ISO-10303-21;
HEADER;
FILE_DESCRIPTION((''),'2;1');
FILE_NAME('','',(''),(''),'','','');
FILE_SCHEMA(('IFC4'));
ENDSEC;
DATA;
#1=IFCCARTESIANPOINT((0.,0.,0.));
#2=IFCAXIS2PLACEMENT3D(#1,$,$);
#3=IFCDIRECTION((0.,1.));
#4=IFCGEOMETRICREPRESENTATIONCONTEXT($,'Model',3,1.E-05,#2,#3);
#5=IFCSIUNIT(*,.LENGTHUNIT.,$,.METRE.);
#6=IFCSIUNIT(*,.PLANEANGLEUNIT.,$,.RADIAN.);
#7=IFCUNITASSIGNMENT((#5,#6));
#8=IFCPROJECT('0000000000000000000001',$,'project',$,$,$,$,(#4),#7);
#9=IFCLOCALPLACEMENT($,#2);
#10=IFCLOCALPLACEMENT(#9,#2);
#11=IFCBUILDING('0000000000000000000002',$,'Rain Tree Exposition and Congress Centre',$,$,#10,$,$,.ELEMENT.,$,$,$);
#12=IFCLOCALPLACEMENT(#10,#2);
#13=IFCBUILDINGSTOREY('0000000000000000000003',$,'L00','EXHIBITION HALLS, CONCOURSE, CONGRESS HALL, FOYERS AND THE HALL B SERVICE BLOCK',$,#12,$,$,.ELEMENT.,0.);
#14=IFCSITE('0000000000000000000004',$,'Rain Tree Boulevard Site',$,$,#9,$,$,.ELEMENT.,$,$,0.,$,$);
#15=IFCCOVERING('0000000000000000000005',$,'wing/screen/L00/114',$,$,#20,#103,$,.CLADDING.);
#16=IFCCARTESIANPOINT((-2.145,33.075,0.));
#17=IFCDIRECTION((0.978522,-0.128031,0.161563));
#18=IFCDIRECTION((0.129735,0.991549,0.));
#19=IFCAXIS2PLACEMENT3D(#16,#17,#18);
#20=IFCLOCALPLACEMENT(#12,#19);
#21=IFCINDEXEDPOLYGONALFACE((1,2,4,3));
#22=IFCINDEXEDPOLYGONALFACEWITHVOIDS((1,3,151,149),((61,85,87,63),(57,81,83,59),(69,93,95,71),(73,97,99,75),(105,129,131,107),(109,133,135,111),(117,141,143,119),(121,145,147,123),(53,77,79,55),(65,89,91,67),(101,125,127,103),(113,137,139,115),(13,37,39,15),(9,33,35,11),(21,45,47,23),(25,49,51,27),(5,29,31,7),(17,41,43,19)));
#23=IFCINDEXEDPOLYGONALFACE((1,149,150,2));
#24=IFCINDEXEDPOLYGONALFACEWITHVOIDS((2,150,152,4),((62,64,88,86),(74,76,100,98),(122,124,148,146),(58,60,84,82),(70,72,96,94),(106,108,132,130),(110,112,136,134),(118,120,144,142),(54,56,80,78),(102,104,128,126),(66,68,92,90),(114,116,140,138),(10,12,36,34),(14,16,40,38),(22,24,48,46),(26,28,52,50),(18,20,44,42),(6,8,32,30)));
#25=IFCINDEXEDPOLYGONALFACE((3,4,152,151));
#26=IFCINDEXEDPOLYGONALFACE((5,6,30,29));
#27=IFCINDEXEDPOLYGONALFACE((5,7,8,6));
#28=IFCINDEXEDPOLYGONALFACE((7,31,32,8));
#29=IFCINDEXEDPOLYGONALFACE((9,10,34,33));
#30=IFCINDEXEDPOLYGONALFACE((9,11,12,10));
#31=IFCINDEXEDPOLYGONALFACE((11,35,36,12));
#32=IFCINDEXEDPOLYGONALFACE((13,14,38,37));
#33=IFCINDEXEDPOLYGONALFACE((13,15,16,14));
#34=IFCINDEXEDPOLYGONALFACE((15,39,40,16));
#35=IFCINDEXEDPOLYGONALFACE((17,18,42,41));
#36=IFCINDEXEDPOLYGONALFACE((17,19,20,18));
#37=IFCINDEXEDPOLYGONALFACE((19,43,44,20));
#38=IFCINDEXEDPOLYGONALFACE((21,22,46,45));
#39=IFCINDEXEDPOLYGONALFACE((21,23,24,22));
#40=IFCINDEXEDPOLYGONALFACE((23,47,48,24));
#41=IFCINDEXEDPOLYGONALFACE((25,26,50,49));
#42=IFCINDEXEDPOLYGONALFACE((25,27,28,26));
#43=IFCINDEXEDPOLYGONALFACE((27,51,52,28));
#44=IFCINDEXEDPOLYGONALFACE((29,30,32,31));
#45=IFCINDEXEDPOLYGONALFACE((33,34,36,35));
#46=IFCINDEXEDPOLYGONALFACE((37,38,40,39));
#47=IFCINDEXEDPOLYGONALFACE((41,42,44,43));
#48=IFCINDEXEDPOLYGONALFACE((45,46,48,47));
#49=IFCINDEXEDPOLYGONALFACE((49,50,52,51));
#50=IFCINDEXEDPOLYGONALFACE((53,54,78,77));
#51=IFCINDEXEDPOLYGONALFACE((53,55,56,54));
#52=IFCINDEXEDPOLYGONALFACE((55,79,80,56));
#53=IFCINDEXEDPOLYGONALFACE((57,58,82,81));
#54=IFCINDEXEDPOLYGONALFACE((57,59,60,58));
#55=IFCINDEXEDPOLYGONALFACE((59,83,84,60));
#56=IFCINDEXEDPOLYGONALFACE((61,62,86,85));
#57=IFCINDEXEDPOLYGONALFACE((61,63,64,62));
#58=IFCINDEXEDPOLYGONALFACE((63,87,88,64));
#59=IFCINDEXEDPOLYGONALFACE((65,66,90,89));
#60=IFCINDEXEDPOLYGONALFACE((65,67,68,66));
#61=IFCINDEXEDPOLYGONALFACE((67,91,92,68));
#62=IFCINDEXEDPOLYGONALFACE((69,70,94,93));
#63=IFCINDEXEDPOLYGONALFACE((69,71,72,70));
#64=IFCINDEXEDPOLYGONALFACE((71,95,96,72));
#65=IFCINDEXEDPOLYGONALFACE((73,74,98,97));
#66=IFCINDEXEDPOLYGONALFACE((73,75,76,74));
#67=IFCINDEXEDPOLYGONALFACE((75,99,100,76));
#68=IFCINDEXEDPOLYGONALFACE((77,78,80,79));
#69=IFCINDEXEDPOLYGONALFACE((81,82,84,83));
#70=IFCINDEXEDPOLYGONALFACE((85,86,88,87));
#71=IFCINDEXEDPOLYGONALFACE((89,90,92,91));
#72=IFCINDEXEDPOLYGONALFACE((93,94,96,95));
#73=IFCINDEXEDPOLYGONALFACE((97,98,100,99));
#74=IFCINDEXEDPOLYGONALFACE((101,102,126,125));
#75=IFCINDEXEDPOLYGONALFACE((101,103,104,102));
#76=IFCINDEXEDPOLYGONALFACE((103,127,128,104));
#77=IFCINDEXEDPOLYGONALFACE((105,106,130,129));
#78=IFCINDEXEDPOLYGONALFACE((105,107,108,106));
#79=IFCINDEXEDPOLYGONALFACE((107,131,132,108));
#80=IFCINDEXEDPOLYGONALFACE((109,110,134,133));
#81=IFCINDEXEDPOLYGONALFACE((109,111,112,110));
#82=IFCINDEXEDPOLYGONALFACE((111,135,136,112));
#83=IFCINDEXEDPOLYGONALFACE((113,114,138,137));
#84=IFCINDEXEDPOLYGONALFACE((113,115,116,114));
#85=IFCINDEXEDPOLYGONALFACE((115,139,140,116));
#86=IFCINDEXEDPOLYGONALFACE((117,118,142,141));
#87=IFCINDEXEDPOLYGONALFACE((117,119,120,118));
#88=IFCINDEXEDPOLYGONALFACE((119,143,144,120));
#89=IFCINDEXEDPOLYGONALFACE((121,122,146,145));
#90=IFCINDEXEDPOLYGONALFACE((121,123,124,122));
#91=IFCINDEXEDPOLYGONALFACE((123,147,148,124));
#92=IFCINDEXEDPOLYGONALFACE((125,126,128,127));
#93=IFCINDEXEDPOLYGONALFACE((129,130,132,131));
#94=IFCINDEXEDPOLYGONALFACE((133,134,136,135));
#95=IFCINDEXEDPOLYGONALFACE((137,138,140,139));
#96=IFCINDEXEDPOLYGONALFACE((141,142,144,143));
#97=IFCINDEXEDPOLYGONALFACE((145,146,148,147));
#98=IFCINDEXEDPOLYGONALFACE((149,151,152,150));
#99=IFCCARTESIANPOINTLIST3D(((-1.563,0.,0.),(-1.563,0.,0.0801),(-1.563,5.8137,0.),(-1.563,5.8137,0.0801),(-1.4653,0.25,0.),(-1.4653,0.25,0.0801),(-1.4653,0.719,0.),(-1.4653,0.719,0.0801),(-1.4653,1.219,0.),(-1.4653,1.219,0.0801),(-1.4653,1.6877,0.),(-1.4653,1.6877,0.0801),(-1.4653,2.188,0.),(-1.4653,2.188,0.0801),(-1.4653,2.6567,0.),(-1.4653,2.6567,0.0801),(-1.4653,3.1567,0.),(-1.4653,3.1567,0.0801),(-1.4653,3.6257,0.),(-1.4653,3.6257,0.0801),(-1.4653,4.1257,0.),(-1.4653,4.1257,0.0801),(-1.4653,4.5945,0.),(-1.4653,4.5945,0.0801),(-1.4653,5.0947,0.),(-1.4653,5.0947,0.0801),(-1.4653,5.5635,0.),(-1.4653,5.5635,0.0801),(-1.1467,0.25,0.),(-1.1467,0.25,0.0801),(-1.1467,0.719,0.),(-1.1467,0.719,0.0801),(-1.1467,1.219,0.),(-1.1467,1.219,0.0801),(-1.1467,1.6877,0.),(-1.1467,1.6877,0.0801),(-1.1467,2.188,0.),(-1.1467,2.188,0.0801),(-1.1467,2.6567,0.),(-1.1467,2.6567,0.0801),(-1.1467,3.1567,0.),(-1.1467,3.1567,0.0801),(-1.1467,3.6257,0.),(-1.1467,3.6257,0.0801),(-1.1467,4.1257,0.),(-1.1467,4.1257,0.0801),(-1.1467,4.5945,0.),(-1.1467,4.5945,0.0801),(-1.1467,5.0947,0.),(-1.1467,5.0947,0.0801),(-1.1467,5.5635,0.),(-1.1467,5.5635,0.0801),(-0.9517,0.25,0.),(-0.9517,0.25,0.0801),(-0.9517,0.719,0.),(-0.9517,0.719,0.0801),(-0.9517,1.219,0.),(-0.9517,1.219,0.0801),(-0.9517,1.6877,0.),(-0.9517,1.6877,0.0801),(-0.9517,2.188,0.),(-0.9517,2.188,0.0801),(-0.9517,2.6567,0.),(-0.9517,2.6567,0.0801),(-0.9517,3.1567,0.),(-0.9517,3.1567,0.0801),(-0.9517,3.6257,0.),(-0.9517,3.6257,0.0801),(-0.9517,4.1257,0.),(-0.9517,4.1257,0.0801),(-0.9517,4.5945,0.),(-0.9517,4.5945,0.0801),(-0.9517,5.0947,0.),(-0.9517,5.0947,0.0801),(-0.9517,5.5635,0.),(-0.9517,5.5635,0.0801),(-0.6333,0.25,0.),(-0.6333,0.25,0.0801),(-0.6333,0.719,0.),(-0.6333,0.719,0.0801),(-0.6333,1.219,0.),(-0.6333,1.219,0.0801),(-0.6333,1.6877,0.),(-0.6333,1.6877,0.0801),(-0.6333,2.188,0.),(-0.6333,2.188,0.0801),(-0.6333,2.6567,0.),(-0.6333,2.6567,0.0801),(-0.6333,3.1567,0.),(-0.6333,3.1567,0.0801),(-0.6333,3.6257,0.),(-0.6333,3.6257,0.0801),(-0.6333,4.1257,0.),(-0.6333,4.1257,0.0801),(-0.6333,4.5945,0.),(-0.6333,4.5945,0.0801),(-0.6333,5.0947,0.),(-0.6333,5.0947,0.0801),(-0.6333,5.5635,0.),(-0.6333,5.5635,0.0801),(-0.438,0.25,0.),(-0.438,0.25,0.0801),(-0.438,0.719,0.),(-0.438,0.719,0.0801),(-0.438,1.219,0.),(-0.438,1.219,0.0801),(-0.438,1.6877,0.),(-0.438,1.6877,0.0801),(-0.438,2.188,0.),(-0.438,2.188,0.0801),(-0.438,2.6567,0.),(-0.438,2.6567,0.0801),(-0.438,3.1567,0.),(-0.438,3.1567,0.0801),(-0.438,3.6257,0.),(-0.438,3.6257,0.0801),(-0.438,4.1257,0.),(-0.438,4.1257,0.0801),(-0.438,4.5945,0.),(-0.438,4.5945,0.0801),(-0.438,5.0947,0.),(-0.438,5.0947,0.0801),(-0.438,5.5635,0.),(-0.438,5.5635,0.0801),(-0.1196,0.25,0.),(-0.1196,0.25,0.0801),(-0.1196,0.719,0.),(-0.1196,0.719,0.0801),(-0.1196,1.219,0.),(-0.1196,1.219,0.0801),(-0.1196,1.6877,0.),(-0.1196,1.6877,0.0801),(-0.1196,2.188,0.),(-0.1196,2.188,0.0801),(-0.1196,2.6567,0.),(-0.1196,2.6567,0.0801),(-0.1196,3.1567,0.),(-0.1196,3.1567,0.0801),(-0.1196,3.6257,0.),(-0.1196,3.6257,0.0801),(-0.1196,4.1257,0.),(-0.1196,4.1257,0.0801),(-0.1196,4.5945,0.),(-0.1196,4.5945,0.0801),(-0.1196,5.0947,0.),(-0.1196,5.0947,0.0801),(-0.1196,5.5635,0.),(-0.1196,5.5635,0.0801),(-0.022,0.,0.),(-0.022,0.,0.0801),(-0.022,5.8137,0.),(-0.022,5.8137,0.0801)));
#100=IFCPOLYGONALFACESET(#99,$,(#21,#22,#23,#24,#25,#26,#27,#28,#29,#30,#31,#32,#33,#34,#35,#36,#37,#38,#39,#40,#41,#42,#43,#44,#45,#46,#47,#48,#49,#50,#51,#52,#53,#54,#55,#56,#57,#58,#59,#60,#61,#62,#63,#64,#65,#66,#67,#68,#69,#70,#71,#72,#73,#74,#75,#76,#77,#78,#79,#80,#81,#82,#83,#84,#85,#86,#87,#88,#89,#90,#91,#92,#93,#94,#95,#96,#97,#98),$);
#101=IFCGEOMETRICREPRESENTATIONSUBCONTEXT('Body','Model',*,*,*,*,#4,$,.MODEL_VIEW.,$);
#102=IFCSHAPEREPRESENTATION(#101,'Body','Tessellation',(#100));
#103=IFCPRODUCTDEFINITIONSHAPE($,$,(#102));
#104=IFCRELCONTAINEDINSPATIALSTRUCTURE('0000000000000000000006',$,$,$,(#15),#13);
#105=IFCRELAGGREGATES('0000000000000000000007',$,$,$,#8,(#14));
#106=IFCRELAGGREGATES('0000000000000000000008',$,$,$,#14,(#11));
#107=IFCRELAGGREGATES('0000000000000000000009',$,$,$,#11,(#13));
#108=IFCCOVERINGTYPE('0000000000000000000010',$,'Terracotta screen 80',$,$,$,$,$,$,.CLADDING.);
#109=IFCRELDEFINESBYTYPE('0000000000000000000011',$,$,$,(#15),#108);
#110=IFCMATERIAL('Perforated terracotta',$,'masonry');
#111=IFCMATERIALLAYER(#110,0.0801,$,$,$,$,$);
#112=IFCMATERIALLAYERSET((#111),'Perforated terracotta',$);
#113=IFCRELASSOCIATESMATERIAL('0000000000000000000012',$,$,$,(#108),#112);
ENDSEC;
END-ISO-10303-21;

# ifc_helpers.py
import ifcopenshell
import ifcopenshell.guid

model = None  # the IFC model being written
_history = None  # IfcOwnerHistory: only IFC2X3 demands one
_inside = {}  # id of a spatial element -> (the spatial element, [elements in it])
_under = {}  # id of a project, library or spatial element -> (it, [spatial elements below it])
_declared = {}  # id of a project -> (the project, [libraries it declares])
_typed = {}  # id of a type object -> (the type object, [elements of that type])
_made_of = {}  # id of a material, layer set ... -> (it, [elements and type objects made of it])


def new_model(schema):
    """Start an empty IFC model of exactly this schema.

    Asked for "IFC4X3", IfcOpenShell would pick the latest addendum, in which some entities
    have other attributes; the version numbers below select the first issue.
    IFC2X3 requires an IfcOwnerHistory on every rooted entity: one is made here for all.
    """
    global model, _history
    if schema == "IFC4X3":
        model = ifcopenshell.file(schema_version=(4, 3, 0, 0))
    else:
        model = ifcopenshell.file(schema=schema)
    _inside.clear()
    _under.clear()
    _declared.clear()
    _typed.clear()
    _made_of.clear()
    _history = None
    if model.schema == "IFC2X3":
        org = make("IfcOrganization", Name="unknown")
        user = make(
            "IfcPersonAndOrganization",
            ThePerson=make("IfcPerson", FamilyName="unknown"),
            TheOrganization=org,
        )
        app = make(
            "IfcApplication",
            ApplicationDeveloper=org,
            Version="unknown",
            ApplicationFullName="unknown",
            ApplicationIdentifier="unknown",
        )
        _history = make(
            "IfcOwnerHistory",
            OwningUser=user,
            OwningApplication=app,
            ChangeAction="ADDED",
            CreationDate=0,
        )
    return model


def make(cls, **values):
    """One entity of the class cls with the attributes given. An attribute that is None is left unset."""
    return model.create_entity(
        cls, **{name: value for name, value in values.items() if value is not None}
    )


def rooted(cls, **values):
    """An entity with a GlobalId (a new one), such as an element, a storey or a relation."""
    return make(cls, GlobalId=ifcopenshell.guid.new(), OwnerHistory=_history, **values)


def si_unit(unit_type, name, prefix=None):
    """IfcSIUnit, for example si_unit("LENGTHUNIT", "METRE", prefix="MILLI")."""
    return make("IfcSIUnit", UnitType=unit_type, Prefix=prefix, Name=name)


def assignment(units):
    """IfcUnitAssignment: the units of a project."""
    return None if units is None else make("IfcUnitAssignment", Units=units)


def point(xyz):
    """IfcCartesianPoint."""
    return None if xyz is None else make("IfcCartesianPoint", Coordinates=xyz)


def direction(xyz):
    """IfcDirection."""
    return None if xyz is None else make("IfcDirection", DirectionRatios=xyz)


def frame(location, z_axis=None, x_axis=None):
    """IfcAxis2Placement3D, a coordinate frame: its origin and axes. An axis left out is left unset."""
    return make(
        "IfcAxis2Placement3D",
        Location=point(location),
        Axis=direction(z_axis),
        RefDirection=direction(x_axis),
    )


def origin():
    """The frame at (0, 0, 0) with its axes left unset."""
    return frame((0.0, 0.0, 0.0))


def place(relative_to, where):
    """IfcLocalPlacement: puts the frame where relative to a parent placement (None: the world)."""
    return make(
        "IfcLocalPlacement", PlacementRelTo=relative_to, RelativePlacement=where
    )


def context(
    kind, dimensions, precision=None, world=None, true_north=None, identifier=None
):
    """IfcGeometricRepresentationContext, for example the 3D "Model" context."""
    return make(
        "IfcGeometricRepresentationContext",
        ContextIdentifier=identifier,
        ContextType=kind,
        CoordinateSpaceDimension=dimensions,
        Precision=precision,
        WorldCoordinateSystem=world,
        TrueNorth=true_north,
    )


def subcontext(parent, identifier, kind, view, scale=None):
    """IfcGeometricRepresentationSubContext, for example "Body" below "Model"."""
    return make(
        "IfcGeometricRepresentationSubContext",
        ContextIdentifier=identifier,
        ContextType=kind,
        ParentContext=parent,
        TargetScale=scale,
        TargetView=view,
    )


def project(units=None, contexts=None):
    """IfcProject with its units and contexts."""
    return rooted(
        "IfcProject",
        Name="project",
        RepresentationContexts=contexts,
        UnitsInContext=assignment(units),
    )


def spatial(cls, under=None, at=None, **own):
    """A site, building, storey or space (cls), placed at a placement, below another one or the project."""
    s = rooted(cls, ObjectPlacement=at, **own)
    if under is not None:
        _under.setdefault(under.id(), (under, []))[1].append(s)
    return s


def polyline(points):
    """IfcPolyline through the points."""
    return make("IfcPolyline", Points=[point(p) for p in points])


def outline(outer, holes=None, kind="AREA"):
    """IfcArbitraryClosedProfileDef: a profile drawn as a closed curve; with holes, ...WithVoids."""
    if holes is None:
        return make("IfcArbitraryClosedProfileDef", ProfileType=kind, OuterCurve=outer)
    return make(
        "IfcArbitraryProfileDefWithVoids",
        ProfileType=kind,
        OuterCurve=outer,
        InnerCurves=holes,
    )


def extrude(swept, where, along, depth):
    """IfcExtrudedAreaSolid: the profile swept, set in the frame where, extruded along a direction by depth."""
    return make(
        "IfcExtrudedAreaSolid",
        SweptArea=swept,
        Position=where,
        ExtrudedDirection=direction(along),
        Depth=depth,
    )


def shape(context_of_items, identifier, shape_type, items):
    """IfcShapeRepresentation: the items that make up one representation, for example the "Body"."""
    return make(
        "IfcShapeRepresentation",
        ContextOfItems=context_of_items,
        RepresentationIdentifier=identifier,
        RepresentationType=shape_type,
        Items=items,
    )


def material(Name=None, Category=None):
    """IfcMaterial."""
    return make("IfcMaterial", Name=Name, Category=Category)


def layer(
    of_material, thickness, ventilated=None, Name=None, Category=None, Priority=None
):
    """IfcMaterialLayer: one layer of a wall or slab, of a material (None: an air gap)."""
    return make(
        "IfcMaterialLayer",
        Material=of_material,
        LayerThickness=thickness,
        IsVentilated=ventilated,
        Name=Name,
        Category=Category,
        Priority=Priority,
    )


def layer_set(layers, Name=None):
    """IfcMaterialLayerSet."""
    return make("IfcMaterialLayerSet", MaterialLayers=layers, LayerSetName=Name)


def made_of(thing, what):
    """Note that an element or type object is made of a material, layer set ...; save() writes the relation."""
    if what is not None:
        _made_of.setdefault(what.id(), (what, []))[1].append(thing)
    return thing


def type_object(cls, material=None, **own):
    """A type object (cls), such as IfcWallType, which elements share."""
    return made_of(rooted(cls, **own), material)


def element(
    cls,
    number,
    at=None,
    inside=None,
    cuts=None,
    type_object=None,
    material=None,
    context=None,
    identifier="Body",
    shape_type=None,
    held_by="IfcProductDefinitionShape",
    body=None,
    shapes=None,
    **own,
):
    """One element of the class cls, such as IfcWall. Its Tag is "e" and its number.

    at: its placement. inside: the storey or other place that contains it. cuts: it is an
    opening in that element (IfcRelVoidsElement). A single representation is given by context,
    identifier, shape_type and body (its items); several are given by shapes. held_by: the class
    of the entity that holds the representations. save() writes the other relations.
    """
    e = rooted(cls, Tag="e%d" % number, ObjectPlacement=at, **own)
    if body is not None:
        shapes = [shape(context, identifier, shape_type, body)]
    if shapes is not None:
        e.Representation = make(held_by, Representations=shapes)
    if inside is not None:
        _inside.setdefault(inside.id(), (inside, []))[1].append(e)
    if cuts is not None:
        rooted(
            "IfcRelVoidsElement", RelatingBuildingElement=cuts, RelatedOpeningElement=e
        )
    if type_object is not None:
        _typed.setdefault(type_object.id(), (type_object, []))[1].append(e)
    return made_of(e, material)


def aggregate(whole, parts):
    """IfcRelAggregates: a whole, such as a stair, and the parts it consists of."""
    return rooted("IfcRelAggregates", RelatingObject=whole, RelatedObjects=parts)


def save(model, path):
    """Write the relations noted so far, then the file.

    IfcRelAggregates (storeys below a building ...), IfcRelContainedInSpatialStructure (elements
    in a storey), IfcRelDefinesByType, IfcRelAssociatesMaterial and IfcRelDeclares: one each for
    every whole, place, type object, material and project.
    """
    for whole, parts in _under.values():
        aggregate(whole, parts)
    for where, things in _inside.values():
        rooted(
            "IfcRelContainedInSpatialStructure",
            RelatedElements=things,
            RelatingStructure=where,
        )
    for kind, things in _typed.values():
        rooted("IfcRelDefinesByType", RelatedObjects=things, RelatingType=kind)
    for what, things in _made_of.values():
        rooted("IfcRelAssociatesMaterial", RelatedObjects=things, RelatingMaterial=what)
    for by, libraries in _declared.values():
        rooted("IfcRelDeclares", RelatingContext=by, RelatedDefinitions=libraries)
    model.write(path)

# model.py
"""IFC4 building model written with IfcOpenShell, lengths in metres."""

from ifc_helpers import new_model, si_unit, direction, frame, origin, place, context, subcontext, project, spatial, polyline, outline, extrude, material, layer, layer_set, type_object, element, save


model = new_model("IFC4")

# Units and contexts
model_context = context("Model", 3, precision=1e-05, world=origin(), true_north=direction((0.0, 1.0)))
body_context = subcontext(model_context, "Body", "Model", "MODEL_VIEW")
ifc_project = project(units=[si_unit("LENGTHUNIT", "METRE"), si_unit("PLANEANGLEUNIT", "RADIAN")], contexts=[model_context])

# Site, building, storey
site_placement = place(None, origin())
site = spatial("IfcSite", under=ifc_project, at=site_placement, Name="Rain Tree Boulevard Site", CompositionType="ELEMENT", RefElevation=0.0)
building_placement = place(site_placement, origin())
building = spatial("IfcBuilding", under=site, at=building_placement, Name="Rain Tree Exposition and Congress Centre", CompositionType="ELEMENT")
storey_placement = place(building_placement, origin())
storey = spatial("IfcBuildingStorey", under=building, at=storey_placement, Name="L00", Description="EXHIBITION HALLS, CONCOURSE, CONGRESS HALL, FOYERS AND THE HALL B SERVICE BLOCK", CompositionType="ELEMENT", Elevation=0.0)

# Covering
ifc_material_1 = material(Name="Perforated terracotta", Category="masonry")
ifc_layer_1 = layer(ifc_material_1, 0.0801)
ifc_layer_set_1 = layer_set([ifc_layer_1], Name="Perforated terracotta")
covering_type = type_object("IfcCoveringType", Name="Terracotta screen 80", PredefinedType="CLADDING", material=ifc_layer_set_1)
covering_1_placement = place(storey_placement, frame((-2.145, 33.075, 0.0), z_axis=(0.978522, -0.128031, 0.161563), x_axis=(0.129735, 0.991549, 0.0)))
element("IfcCovering", 1, at=covering_1_placement, inside=storey, type_object=covering_type, Name="wing/screen/L00/114", PredefinedType="CLADDING", context=body_context, shape_type="SweptSolid", body=[
    extrude(outline(polyline([(-1.563, 0.0), (-1.563, 5.8137), (-0.022, 5.8137), (-0.022, 0.0), (-1.563, 0.0)]), holes=[polyline([(-0.1196, 0.25), (-0.1196, 0.719), (-0.438, 0.719), (-0.438, 0.25), (-0.1196, 0.25)]), polyline([(-0.1196, 1.219), (-0.1196, 1.6877), (-0.438, 1.6877), (-0.438, 1.219), (-0.1196, 1.219)]), polyline([(-0.1196, 2.188), (-0.1196, 2.6567), (-0.438, 2.6567), (-0.438, 2.188), (-0.1196, 2.188)]), polyline([(-0.1196, 3.1567), (-0.1196, 3.6257), (-0.438, 3.6257), (-0.438, 3.1567), (-0.1196, 3.1567)]), polyline([(-0.1196, 4.1257), (-0.1196, 4.5945), (-0.438, 4.5945), (-0.438, 4.1257), (-0.1196, 4.1257)]), polyline([(-0.1196, 5.0947), (-0.1196, 5.5635), (-0.438, 5.5635), (-0.438, 5.0947), (-0.1196, 5.0947)]), polyline([(-0.6333, 0.25), (-0.6333, 0.719), (-0.9517, 0.719), (-0.9517, 0.25), (-0.6333, 0.25)]), polyline([(-0.6333, 1.219), (-0.6333, 1.6877), (-0.9517, 1.6877), (-0.9517, 1.219), (-0.6333, 1.219)]), polyline([(-0.6333, 2.188), (-0.6333, 2.6567), (-0.9517, 2.6567), (-0.9517, 2.188), (-0.6333, 2.188)]), polyline([(-0.6333, 3.1567), (-0.6333, 3.6257), (-0.9517, 3.6257), (-0.9517, 3.1567), (-0.6333, 3.1567)]), polyline([(-0.6333, 4.1257), (-0.6333, 4.5945), (-0.9517, 4.5945), (-0.9517, 4.1257), (-0.6333, 4.1257)]), polyline([(-0.6333, 5.0947), (-0.6333, 5.5635), (-0.9517, 5.5635), (-0.9517, 5.0947), (-0.6333, 5.0947)]), polyline([(-1.1467, 0.25), (-1.1467, 0.719), (-1.4653, 0.719), (-1.4653, 0.25), (-1.1467, 0.25)]), polyline([(-1.1467, 1.219), (-1.1467, 1.6877), (-1.4653, 1.6877), (-1.4653, 1.219), (-1.1467, 1.219)]), polyline([(-1.1467, 2.188), (-1.1467, 2.6567), (-1.4653, 2.6567), (-1.4653, 2.188), (-1.1467, 2.188)]), polyline([(-1.1467, 3.1567), (-1.1467, 3.6257), (-1.4653, 3.6257), (-1.4653, 3.1567), (-1.1467, 3.1567)]), polyline([(-1.1467, 4.1257), (-1.1467, 4.5945), (-1.4653, 4.5945), (-1.4653, 4.1257), (-1.1467, 4.1257)]), polyline([(-1.1467, 5.0947), (-1.1467, 5.5635), (-1.4653, 5.5635), (-1.4653, 5.0947), (-1.1467, 5.0947)])]), origin(), (0.0, 0.0, 1.0), 0.0801),
])

save(model, "model.ifc")
